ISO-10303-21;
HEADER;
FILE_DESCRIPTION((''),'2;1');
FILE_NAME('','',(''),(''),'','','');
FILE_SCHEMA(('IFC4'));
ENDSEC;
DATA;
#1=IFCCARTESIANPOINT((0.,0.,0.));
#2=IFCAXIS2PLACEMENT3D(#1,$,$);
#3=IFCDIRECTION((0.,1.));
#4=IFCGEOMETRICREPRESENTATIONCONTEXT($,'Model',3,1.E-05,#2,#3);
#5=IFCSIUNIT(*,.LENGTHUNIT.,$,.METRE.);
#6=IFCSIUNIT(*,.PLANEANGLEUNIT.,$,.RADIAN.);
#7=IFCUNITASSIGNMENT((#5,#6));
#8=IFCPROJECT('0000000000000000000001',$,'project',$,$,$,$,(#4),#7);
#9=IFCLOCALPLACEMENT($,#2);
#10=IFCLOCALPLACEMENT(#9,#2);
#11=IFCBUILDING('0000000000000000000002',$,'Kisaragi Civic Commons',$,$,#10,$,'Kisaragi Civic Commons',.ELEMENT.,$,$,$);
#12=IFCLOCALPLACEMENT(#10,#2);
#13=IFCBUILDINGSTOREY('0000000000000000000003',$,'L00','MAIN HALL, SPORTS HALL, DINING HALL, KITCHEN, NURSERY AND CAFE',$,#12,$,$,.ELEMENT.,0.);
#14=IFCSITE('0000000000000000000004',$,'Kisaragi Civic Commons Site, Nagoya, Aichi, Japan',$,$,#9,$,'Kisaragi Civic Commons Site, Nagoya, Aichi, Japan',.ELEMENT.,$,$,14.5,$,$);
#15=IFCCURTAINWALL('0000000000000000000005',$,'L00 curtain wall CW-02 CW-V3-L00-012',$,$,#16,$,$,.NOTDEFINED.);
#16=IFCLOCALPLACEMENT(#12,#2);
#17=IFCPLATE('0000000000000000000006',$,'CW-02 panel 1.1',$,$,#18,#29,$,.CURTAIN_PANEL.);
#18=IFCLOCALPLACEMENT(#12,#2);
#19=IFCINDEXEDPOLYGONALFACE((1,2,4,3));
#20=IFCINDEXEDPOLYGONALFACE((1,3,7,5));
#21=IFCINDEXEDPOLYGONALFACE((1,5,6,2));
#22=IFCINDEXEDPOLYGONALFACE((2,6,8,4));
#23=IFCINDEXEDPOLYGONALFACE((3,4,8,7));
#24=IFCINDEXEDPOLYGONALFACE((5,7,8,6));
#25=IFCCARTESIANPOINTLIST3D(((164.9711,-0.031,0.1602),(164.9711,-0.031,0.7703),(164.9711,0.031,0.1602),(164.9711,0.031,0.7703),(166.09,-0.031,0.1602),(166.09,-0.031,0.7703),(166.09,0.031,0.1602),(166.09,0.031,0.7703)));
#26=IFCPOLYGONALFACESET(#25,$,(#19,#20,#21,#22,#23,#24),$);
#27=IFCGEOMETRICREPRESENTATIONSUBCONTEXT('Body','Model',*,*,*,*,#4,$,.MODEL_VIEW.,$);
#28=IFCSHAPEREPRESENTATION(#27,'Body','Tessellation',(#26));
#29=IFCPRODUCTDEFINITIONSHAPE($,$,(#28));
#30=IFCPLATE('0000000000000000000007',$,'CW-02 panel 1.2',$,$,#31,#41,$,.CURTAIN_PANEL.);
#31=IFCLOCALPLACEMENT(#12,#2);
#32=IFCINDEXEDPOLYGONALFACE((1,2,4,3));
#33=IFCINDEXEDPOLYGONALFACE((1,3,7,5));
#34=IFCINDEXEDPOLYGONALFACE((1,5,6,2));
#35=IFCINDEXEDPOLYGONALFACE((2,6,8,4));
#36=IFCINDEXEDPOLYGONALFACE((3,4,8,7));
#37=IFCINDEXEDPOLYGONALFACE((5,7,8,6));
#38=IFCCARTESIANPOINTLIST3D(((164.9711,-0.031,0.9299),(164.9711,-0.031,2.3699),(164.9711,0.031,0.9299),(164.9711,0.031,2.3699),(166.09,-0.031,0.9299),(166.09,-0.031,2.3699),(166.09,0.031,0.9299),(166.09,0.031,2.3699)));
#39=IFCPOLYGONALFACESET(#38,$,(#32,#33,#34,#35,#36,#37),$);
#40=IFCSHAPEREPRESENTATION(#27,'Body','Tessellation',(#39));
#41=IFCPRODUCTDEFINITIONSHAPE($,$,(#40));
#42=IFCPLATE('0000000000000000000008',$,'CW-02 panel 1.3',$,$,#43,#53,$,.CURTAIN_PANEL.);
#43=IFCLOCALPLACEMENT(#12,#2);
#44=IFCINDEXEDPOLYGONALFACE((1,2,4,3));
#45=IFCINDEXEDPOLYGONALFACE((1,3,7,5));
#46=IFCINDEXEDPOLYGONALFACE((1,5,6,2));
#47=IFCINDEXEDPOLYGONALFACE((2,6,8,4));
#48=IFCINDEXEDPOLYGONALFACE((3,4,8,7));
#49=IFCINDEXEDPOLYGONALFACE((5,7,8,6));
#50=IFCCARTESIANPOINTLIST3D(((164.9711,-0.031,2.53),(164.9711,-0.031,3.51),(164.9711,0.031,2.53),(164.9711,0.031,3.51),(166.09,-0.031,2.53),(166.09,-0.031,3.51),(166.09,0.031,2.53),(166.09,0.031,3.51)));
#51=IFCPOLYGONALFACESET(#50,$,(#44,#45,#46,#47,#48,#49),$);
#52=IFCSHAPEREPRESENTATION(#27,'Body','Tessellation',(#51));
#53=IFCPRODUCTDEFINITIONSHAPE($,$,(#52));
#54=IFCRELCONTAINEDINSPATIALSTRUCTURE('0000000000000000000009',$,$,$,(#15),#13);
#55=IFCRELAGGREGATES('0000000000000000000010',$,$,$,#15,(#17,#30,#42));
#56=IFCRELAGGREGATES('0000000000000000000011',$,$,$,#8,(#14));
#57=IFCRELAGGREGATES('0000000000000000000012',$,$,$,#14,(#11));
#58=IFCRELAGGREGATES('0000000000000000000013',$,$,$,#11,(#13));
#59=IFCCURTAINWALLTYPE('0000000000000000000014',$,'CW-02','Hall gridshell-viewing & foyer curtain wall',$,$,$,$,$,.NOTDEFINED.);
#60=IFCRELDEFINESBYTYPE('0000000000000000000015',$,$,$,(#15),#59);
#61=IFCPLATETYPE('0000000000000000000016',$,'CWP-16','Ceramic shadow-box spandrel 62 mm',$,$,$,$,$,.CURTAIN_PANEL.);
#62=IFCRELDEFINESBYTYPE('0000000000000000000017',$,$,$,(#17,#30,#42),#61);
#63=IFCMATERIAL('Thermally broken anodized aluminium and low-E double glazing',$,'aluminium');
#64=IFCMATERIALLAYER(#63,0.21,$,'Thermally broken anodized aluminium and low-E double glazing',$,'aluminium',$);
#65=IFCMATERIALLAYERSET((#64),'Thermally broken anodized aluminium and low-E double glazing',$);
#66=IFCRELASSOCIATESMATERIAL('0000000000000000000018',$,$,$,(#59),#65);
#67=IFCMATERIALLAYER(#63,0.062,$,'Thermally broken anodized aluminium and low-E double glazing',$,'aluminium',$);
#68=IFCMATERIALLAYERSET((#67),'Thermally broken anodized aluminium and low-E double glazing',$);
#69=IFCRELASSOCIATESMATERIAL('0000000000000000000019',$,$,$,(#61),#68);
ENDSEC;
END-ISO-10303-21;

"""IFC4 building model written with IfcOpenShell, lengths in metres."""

from ifc_helpers import new_model, si_unit, direction, frame, origin, origin_2d, place, context, subcontext, project, spatial, rectangle, extrude, material, layer, layer_set, type_object, element, aggregate, save


model = new_model("IFC4")

# Units and contexts
model_context = context("Model", 3, precision=1e-05, world=origin(), true_north=direction((0.0, 1.0)))
body_context = subcontext(model_context, "Body", "Model", "MODEL_VIEW")
ifc_project = project(units=[si_unit("LENGTHUNIT", "METRE"), si_unit("PLANEANGLEUNIT", "RADIAN")], contexts=[model_context])

# Site, building, storey
site_placement = place(None, origin())
site = spatial("IfcSite", under=ifc_project, at=site_placement, Name="Kisaragi Civic Commons Site, Nagoya, Aichi, Japan", LongName="Kisaragi Civic Commons Site, Nagoya, Aichi, Japan", CompositionType="ELEMENT", RefElevation=14.5)
building_placement = place(site_placement, origin())
building = spatial("IfcBuilding", under=site, at=building_placement, Name="Kisaragi Civic Commons", LongName="Kisaragi Civic Commons", CompositionType="ELEMENT")
storey_placement = place(building_placement, origin())
storey = spatial("IfcBuildingStorey", under=building, at=storey_placement, Name="L00", Description="MAIN HALL, SPORTS HALL, DINING HALL, KITCHEN, NURSERY AND CAFE", CompositionType="ELEMENT", Elevation=0.0)

# Curtain wall
ifc_material = material(Name="Thermally broken anodized aluminium and low-E double glazing", Category="aluminium")
ifc_layer_1 = layer(ifc_material, 0.21, Name="Thermally broken anodized aluminium and low-E double glazing", Category="aluminium")
ifc_layer_set_1 = layer_set([ifc_layer_1], Name="Thermally broken anodized aluminium and low-E double glazing")
curtain_wall_type = type_object("IfcCurtainWallType", Name="CW-02", Description="Hall gridshell-viewing & foyer curtain wall", PredefinedType="NOTDEFINED", material=ifc_layer_set_1)
curtain_wall_1_placement = place(storey_placement, origin())
curtain_wall_1 = element("IfcCurtainWall", 1, at=curtain_wall_1_placement, inside=storey, type_object=curtain_wall_type, Name="L00 curtain wall CW-02 CW-V3-L00-012", PredefinedType="NOTDEFINED")

# Plates
ifc_layer_2 = layer(ifc_material, 0.062, Name="Thermally broken anodized aluminium and low-E double glazing", Category="aluminium")
ifc_layer_set_2 = layer_set([ifc_layer_2], Name="Thermally broken anodized aluminium and low-E double glazing")
plate_type_1 = type_object("IfcPlateType", Name="CWP-16", Description="Ceramic shadow-box spandrel 62 mm", PredefinedType="CURTAIN_PANEL", material=ifc_layer_set_2)
plate_1_placement = place(storey_placement, frame((165.5305, 0.0, 0.1602), z_axis=(0.0, 0.0, 1.0), x_axis=(-1.0, 0.0, 0.0)))
plate_1 = element("IfcPlate", 2, at=plate_1_placement, type_object=plate_type_1, Name="CW-02 panel 1.1", PredefinedType="CURTAIN_PANEL", context=body_context, shape_type="SweptSolid", body=[
    extrude(rectangle(XDim=1.1189, YDim=0.062, at=origin_2d()), origin(), (0.0, 0.0, 1.0), 0.6101),
])
plate_2_placement = place(storey_placement, frame((165.5305, 0.0, 0.9299), z_axis=(0.0, 0.0, 1.0), x_axis=(-1.0, 0.0, 0.0)))
plate_2 = element("IfcPlate", 3, at=plate_2_placement, type_object=plate_type_1, Name="CW-02 panel 1.2", PredefinedType="CURTAIN_PANEL", context=body_context, shape_type="SweptSolid", body=[
    extrude(rectangle(XDim=1.1189, YDim=0.062, at=origin_2d()), origin(), (0.0, 0.0, 1.0), 1.4399),
])
plate_3_placement = place(storey_placement, frame((165.5305, 0.0, 2.53), z_axis=(0.0, 0.0, 1.0), x_axis=(-1.0, 0.0, 0.0)))
plate_3 = element("IfcPlate", 4, at=plate_3_placement, type_object=plate_type_1, Name="CW-02 panel 1.3", PredefinedType="CURTAIN_PANEL", context=body_context, shape_type="SweptSolid", body=[
    extrude(rectangle(XDim=1.1189, YDim=0.062, at=origin_2d()), origin(), (0.0, 0.0, 1.0), 0.98),
])
aggregate(curtain_wall_1, [plate_1, plate_2, plate_3])

save(model, "model.ifc")
